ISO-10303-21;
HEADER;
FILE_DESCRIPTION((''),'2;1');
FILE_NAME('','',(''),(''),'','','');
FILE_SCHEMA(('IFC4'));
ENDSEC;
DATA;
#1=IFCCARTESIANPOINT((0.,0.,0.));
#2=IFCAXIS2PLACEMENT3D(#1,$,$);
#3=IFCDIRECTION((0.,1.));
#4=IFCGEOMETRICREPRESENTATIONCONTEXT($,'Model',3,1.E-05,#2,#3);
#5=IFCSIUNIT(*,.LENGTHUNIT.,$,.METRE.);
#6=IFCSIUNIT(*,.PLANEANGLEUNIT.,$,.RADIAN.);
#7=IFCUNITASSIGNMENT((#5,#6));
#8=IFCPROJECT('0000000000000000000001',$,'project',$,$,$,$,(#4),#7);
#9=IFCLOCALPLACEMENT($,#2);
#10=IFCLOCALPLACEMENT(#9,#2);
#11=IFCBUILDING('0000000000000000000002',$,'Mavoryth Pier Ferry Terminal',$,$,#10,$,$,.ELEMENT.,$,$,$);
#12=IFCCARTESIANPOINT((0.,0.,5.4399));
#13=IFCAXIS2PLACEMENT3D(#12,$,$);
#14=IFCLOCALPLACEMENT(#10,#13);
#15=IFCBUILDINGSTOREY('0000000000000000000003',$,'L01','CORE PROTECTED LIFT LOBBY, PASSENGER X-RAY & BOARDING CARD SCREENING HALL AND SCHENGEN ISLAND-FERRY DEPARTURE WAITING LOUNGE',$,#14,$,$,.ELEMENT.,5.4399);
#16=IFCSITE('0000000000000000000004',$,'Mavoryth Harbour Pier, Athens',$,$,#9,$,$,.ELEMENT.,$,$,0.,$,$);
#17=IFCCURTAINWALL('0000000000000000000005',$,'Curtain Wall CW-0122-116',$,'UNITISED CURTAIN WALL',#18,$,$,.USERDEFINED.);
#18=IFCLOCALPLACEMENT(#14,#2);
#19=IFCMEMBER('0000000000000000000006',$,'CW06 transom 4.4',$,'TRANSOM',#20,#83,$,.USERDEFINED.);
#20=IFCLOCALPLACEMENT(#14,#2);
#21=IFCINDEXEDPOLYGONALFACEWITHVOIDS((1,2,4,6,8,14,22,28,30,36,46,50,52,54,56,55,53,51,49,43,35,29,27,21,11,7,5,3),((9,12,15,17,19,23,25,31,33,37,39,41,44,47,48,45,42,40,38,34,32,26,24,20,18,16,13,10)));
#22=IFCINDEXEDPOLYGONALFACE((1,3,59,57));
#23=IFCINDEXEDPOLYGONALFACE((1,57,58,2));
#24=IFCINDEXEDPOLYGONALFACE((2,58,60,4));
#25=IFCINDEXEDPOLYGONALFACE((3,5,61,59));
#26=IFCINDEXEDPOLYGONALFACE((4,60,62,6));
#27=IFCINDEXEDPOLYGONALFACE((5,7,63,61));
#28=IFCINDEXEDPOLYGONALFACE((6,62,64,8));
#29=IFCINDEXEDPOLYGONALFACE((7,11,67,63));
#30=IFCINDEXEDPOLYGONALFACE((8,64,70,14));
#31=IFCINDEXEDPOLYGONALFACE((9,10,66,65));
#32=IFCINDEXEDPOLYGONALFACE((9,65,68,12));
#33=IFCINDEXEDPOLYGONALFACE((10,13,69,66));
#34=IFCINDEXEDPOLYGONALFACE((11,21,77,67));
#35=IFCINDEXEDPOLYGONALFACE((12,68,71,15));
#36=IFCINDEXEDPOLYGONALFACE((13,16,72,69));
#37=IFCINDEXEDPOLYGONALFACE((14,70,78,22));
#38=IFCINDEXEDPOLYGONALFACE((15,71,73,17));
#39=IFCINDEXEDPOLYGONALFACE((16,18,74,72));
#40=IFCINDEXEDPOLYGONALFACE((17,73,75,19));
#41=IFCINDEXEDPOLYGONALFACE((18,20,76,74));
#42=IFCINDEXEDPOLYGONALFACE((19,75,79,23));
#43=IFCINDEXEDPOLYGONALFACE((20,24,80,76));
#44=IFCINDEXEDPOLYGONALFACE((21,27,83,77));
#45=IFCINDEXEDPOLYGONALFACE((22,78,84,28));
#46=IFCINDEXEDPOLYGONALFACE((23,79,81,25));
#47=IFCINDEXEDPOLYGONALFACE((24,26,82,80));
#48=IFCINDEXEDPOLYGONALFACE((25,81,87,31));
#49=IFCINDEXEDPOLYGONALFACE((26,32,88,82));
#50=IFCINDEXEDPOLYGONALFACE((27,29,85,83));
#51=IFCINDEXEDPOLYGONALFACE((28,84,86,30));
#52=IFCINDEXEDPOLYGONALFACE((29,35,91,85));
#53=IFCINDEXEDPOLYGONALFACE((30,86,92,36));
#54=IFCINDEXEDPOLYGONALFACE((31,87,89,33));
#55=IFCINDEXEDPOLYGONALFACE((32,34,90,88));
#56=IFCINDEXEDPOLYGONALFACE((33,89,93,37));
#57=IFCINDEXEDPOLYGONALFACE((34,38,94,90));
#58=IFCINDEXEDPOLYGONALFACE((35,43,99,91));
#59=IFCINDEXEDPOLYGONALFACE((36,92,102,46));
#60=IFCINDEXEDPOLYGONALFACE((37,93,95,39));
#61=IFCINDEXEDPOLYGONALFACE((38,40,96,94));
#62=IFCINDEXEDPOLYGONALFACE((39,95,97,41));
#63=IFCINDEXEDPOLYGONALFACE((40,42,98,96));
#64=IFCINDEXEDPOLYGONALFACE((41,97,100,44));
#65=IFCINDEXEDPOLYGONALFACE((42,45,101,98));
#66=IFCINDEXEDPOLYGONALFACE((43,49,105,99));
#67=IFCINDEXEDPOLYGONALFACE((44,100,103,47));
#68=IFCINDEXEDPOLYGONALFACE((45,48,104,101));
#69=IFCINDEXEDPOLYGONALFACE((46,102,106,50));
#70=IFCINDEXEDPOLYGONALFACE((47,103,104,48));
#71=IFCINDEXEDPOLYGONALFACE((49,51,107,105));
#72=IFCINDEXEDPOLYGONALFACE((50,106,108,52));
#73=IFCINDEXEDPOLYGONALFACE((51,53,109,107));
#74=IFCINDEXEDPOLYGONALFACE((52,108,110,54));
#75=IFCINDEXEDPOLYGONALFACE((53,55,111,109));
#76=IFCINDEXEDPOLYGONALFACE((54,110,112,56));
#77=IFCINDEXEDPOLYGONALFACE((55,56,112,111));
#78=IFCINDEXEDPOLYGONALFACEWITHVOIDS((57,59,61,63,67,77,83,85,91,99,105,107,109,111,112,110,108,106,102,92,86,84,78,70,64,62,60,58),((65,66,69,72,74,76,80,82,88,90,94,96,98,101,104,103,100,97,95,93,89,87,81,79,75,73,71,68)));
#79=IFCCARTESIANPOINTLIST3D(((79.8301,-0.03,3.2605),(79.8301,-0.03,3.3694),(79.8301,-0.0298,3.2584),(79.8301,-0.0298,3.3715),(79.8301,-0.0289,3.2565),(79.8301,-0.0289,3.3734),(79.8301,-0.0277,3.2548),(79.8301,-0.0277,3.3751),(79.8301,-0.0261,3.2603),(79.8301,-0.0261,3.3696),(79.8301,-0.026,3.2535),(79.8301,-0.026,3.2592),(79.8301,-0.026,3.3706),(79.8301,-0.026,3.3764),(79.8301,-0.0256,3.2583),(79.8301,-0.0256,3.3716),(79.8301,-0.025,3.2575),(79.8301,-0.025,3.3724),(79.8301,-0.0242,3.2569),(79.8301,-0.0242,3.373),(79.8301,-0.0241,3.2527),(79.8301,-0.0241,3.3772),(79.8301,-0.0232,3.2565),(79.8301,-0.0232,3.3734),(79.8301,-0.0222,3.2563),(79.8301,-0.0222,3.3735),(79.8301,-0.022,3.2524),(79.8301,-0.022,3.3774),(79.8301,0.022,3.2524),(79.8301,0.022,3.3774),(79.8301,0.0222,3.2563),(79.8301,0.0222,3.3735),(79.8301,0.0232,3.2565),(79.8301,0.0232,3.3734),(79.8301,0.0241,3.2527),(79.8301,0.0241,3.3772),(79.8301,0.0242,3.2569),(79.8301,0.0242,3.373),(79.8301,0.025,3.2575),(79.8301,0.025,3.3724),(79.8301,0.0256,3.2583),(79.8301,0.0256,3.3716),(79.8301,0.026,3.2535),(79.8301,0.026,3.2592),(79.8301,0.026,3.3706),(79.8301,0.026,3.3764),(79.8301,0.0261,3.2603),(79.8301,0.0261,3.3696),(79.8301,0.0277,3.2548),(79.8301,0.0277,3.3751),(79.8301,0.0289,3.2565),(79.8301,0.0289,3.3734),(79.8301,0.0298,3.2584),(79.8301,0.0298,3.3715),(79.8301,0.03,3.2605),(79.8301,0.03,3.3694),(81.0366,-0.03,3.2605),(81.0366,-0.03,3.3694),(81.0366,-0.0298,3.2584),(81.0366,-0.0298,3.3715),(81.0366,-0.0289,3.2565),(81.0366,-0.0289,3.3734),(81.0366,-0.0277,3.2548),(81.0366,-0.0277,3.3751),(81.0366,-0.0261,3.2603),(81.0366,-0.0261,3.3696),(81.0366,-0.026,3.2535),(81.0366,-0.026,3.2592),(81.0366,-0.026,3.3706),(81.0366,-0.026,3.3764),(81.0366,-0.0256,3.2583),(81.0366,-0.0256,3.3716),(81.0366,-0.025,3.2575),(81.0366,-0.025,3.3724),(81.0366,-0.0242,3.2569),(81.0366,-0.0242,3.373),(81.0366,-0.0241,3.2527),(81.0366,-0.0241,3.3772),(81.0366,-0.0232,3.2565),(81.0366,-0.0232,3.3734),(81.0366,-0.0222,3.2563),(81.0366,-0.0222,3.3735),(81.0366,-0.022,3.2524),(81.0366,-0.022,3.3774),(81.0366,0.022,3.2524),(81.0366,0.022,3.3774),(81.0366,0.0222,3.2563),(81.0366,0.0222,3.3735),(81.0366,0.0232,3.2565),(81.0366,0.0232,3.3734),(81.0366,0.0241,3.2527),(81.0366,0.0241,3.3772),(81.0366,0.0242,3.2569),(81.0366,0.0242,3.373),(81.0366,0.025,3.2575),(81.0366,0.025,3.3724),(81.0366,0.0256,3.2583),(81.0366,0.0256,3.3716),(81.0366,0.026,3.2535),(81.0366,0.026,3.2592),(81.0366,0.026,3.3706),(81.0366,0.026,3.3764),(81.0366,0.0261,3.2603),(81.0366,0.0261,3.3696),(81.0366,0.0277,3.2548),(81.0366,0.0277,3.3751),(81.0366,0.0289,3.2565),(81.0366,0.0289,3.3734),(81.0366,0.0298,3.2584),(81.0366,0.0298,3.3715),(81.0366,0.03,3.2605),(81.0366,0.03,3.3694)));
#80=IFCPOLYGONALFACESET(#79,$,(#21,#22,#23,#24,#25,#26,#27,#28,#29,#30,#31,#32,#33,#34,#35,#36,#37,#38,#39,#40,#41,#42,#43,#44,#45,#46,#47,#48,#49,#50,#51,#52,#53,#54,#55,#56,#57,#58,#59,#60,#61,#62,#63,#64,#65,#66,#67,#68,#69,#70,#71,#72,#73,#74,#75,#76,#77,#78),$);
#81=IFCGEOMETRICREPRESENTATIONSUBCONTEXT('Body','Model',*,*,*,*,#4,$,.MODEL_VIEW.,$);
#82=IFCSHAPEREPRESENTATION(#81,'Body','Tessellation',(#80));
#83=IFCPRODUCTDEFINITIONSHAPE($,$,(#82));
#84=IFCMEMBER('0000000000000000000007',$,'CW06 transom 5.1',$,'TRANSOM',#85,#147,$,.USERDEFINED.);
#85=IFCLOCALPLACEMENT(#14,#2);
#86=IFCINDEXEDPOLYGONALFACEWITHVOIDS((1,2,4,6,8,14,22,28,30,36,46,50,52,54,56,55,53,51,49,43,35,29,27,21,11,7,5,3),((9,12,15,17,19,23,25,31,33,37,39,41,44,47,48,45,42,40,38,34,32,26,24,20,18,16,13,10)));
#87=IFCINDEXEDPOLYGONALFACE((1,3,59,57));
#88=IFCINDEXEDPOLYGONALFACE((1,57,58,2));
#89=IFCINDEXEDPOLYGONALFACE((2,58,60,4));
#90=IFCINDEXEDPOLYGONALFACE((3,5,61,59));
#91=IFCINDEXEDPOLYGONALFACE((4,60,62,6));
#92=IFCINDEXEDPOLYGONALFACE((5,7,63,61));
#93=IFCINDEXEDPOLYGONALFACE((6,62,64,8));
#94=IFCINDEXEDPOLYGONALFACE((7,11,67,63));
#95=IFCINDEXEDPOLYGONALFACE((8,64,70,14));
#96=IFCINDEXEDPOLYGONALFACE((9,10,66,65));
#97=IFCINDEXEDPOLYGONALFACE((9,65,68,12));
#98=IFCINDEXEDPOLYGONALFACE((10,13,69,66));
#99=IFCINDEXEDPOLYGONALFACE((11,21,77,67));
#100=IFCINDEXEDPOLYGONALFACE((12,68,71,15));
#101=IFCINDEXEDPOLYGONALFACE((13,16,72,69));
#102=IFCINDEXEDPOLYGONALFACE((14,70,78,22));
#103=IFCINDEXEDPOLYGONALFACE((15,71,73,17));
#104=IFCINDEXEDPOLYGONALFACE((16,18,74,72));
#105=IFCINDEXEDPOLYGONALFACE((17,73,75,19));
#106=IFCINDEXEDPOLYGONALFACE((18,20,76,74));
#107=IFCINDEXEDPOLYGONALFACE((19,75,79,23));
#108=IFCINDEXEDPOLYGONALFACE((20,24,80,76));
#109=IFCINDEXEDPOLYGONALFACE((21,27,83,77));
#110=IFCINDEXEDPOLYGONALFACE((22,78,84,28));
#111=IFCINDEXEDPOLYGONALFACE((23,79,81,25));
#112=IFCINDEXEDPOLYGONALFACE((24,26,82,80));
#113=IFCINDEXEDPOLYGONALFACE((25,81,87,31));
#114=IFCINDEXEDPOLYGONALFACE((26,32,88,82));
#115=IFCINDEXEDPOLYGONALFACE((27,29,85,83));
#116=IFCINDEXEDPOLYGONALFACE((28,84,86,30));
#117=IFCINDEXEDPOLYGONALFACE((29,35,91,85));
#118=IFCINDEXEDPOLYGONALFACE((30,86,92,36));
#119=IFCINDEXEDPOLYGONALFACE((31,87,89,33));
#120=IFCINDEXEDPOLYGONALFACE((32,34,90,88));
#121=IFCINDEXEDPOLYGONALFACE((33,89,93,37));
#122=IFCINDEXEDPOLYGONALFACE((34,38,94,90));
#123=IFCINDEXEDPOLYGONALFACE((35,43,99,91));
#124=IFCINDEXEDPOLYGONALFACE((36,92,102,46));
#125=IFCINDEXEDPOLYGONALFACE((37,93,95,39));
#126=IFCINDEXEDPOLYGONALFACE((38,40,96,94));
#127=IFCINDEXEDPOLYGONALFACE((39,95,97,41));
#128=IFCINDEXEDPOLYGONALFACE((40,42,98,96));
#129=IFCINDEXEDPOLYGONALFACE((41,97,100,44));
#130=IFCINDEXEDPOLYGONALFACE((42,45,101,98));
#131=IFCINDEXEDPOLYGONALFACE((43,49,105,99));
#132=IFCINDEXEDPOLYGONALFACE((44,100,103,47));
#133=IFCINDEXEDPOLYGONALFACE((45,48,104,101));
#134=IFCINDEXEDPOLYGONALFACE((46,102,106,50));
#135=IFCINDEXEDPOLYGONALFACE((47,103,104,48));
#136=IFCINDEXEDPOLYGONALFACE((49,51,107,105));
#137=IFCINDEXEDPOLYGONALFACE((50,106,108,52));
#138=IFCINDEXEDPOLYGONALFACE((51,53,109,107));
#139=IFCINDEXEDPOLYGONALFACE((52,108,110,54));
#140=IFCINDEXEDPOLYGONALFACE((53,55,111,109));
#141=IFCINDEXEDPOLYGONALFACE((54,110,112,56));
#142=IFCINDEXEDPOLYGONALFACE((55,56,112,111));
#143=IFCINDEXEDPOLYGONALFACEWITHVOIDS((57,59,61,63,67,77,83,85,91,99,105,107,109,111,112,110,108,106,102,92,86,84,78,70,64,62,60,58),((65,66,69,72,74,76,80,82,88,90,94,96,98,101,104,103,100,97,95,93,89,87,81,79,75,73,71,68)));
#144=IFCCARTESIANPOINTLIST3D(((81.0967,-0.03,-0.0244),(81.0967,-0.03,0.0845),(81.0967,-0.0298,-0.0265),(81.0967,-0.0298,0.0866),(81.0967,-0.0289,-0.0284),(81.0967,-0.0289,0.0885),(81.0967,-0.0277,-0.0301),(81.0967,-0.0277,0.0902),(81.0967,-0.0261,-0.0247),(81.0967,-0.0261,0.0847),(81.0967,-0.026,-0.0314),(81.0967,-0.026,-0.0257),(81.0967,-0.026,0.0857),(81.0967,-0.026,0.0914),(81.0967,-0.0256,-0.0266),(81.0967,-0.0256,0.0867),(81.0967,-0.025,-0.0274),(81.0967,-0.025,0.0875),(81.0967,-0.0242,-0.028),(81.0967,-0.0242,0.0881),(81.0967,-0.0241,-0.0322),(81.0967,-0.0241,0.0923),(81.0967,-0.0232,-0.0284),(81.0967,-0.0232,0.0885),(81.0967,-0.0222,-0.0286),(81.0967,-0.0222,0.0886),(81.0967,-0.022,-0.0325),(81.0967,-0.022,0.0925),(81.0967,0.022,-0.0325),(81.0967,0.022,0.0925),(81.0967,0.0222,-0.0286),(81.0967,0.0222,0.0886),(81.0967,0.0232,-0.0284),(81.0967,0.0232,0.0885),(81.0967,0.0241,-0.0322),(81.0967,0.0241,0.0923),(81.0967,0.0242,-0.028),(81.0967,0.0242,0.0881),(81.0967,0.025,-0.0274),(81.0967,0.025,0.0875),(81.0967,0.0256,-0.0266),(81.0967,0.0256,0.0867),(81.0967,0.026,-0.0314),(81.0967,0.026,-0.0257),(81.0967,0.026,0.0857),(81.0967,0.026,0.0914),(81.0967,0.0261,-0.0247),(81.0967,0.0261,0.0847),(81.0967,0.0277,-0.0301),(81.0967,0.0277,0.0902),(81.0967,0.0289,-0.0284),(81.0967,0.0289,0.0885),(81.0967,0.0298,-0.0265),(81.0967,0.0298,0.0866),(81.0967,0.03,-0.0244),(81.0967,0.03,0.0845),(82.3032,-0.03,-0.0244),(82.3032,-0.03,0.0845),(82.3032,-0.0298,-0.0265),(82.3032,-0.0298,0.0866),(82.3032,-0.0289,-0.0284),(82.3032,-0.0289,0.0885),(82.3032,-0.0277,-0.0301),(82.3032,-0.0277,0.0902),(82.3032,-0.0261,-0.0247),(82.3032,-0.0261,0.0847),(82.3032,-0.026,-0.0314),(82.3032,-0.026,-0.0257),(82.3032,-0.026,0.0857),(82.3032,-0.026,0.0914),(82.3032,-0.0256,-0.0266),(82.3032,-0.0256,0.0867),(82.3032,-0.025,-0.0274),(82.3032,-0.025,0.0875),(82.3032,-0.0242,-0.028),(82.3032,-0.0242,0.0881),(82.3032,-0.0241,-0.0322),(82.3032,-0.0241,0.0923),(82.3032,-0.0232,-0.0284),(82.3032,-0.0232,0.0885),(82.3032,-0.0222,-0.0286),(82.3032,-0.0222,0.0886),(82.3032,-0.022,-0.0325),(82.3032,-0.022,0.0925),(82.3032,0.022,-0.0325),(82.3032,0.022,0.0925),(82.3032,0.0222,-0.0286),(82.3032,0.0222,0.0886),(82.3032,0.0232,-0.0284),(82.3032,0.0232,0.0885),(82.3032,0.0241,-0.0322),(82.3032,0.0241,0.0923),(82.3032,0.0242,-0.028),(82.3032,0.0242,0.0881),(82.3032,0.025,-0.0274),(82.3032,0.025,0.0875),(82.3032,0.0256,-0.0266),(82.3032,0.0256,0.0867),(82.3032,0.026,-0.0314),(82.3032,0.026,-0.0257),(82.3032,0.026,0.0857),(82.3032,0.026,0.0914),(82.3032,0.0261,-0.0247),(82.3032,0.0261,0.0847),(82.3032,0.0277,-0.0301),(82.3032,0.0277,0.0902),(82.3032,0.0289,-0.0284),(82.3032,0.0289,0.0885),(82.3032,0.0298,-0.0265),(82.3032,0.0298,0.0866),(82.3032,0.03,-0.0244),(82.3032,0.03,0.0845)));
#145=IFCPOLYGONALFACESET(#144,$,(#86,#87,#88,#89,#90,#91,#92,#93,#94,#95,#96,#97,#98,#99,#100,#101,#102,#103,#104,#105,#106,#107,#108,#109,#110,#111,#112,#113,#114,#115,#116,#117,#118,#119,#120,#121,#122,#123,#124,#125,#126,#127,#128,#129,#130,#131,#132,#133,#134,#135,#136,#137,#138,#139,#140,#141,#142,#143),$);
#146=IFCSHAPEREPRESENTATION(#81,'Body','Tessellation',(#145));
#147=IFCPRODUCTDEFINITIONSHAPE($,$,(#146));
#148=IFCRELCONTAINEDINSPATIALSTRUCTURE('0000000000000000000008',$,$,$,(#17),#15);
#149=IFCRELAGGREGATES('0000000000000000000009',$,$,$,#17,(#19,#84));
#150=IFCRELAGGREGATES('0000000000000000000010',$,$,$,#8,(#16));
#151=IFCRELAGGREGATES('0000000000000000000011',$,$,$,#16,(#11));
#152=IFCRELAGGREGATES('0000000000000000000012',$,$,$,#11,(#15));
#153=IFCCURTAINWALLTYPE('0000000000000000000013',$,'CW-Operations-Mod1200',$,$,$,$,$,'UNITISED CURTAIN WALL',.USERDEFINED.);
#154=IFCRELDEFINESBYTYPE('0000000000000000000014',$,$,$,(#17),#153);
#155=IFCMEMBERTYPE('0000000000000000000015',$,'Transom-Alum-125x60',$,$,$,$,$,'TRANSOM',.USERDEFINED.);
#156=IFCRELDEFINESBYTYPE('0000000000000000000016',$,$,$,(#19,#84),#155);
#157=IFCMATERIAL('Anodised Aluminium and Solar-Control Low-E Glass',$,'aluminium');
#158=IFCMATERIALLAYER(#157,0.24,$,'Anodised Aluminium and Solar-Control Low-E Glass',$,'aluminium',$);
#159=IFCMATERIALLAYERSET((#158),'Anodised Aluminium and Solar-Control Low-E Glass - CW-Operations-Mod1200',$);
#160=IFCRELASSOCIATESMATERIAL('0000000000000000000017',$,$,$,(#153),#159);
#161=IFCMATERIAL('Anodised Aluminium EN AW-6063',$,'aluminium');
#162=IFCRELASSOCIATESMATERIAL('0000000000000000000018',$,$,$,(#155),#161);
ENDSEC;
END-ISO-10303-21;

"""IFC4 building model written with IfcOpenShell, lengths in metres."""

from ifc_helpers import new_model, si_unit, direction, frame, origin, origin_2d, place, context, subcontext, project, spatial, hollow_rectangle, extrude, material, layer, layer_set, material_profile, profile_set, type_object, element, aggregate, save


model = new_model("IFC4")

# Units and contexts
model_context = context("Model", 3, precision=1e-05, world=origin(), true_north=direction((0.0, 1.0)))
body_context = subcontext(model_context, "Body", "Model", "MODEL_VIEW")
ifc_project = project(units=[si_unit("LENGTHUNIT", "METRE"), si_unit("PLANEANGLEUNIT", "RADIAN")], contexts=[model_context])

# Site, building, storey
site_placement = place(None, origin())
site = spatial("IfcSite", under=ifc_project, at=site_placement, Name="Mavoryth Harbour Pier, Athens", CompositionType="ELEMENT", RefElevation=0.0)
building_placement = place(site_placement, origin())
building = spatial("IfcBuilding", under=site, at=building_placement, Name="Mavoryth Pier Ferry Terminal", CompositionType="ELEMENT")
storey_placement = place(building_placement, frame((0.0, 0.0, 5.4399)))
storey = spatial("IfcBuildingStorey", under=building, at=storey_placement, Name="L01", Description="CORE PROTECTED LIFT LOBBY, PASSENGER X-RAY & BOARDING CARD SCREENING HALL AND SCHENGEN ISLAND-FERRY DEPARTURE WAITING LOUNGE", CompositionType="ELEMENT", Elevation=5.4399)

# Curtain wall, members
ifc_material_1 = material(Name="Anodised Aluminium and Solar-Control Low-E Glass", Category="aluminium")
ifc_layer_1 = layer(ifc_material_1, 0.24, Name="Anodised Aluminium and Solar-Control Low-E Glass", Category="aluminium")
ifc_layer_set_1 = layer_set([ifc_layer_1], Name="Anodised Aluminium and Solar-Control Low-E Glass - CW-Operations-Mod1200")
curtain_wall_type = type_object("IfcCurtainWallType", Name="CW-Operations-Mod1200", ElementType="UNITISED CURTAIN WALL", PredefinedType="USERDEFINED", material=ifc_layer_set_1)
curtain_wall_placement = place(storey_placement, origin())
curtain_wall = element("IfcCurtainWall", 1, at=curtain_wall_placement, inside=storey, type_object=curtain_wall_type, Name="Curtain Wall CW-0122-116", ObjectType="UNITISED CURTAIN WALL", PredefinedType="USERDEFINED")
ifc_material_2 = material(Name="Anodised Aluminium EN AW-6063", Category="aluminium")
ifc_material_profile_1 = material_profile(ifc_material_2, hollow_rectangle(XDim=0.0601, YDim=0.125, WallThickness=0.0039, InnerFilletRadius=0.0039, OuterFilletRadius=0.0081, at=origin_2d()), Name="AL-TRAN 125x60x4", Category="aluminium")
ifc_profile_set_1 = profile_set([ifc_material_profile_1], Name="Anodised Aluminium EN AW-6063 - AL-TRAN 125x60x4")
member_type_1 = type_object("IfcMemberType", Name="Transom-Alum-125x60", ElementType="TRANSOM", PredefinedType="USERDEFINED", material=ifc_profile_set_1)
member_1_placement = place(storey_placement, frame((79.8301, 0.0, 3.3149), z_axis=(1.0, 0.0, 0.0), x_axis=(0.0, 1.0, 0.0)))
member_1 = element("IfcMember", 2, at=member_1_placement, type_object=member_type_1, Name="CW06 transom 4.4", ObjectType="TRANSOM", PredefinedType="USERDEFINED", context=body_context, shape_type="SweptSolid", body=[
    extrude(hollow_rectangle(XDim=0.0601, YDim=0.125, WallThickness=0.0039, InnerFilletRadius=0.0039, OuterFilletRadius=0.0081, at=origin_2d()), origin(), (0.0, 0.0, 1.0), 1.2065),
])
member_2_placement = place(storey_placement, frame((81.0967, 0.0, 0.03), z_axis=(1.0, 0.0, 0.0), x_axis=(0.0, 1.0, 0.0)))
member_2 = element("IfcMember", 3, at=member_2_placement, type_object=member_type_1, Name="CW06 transom 5.1", ObjectType="TRANSOM", PredefinedType="USERDEFINED", context=body_context, shape_type="SweptSolid", body=[
    extrude(hollow_rectangle(XDim=0.0601, YDim=0.125, WallThickness=0.0039, InnerFilletRadius=0.0039, OuterFilletRadius=0.0081, at=origin_2d()), origin(), (0.0, 0.0, 1.0), 1.2065),
])
aggregate(curtain_wall, [member_1, member_2])

save(model, "model.ifc")
